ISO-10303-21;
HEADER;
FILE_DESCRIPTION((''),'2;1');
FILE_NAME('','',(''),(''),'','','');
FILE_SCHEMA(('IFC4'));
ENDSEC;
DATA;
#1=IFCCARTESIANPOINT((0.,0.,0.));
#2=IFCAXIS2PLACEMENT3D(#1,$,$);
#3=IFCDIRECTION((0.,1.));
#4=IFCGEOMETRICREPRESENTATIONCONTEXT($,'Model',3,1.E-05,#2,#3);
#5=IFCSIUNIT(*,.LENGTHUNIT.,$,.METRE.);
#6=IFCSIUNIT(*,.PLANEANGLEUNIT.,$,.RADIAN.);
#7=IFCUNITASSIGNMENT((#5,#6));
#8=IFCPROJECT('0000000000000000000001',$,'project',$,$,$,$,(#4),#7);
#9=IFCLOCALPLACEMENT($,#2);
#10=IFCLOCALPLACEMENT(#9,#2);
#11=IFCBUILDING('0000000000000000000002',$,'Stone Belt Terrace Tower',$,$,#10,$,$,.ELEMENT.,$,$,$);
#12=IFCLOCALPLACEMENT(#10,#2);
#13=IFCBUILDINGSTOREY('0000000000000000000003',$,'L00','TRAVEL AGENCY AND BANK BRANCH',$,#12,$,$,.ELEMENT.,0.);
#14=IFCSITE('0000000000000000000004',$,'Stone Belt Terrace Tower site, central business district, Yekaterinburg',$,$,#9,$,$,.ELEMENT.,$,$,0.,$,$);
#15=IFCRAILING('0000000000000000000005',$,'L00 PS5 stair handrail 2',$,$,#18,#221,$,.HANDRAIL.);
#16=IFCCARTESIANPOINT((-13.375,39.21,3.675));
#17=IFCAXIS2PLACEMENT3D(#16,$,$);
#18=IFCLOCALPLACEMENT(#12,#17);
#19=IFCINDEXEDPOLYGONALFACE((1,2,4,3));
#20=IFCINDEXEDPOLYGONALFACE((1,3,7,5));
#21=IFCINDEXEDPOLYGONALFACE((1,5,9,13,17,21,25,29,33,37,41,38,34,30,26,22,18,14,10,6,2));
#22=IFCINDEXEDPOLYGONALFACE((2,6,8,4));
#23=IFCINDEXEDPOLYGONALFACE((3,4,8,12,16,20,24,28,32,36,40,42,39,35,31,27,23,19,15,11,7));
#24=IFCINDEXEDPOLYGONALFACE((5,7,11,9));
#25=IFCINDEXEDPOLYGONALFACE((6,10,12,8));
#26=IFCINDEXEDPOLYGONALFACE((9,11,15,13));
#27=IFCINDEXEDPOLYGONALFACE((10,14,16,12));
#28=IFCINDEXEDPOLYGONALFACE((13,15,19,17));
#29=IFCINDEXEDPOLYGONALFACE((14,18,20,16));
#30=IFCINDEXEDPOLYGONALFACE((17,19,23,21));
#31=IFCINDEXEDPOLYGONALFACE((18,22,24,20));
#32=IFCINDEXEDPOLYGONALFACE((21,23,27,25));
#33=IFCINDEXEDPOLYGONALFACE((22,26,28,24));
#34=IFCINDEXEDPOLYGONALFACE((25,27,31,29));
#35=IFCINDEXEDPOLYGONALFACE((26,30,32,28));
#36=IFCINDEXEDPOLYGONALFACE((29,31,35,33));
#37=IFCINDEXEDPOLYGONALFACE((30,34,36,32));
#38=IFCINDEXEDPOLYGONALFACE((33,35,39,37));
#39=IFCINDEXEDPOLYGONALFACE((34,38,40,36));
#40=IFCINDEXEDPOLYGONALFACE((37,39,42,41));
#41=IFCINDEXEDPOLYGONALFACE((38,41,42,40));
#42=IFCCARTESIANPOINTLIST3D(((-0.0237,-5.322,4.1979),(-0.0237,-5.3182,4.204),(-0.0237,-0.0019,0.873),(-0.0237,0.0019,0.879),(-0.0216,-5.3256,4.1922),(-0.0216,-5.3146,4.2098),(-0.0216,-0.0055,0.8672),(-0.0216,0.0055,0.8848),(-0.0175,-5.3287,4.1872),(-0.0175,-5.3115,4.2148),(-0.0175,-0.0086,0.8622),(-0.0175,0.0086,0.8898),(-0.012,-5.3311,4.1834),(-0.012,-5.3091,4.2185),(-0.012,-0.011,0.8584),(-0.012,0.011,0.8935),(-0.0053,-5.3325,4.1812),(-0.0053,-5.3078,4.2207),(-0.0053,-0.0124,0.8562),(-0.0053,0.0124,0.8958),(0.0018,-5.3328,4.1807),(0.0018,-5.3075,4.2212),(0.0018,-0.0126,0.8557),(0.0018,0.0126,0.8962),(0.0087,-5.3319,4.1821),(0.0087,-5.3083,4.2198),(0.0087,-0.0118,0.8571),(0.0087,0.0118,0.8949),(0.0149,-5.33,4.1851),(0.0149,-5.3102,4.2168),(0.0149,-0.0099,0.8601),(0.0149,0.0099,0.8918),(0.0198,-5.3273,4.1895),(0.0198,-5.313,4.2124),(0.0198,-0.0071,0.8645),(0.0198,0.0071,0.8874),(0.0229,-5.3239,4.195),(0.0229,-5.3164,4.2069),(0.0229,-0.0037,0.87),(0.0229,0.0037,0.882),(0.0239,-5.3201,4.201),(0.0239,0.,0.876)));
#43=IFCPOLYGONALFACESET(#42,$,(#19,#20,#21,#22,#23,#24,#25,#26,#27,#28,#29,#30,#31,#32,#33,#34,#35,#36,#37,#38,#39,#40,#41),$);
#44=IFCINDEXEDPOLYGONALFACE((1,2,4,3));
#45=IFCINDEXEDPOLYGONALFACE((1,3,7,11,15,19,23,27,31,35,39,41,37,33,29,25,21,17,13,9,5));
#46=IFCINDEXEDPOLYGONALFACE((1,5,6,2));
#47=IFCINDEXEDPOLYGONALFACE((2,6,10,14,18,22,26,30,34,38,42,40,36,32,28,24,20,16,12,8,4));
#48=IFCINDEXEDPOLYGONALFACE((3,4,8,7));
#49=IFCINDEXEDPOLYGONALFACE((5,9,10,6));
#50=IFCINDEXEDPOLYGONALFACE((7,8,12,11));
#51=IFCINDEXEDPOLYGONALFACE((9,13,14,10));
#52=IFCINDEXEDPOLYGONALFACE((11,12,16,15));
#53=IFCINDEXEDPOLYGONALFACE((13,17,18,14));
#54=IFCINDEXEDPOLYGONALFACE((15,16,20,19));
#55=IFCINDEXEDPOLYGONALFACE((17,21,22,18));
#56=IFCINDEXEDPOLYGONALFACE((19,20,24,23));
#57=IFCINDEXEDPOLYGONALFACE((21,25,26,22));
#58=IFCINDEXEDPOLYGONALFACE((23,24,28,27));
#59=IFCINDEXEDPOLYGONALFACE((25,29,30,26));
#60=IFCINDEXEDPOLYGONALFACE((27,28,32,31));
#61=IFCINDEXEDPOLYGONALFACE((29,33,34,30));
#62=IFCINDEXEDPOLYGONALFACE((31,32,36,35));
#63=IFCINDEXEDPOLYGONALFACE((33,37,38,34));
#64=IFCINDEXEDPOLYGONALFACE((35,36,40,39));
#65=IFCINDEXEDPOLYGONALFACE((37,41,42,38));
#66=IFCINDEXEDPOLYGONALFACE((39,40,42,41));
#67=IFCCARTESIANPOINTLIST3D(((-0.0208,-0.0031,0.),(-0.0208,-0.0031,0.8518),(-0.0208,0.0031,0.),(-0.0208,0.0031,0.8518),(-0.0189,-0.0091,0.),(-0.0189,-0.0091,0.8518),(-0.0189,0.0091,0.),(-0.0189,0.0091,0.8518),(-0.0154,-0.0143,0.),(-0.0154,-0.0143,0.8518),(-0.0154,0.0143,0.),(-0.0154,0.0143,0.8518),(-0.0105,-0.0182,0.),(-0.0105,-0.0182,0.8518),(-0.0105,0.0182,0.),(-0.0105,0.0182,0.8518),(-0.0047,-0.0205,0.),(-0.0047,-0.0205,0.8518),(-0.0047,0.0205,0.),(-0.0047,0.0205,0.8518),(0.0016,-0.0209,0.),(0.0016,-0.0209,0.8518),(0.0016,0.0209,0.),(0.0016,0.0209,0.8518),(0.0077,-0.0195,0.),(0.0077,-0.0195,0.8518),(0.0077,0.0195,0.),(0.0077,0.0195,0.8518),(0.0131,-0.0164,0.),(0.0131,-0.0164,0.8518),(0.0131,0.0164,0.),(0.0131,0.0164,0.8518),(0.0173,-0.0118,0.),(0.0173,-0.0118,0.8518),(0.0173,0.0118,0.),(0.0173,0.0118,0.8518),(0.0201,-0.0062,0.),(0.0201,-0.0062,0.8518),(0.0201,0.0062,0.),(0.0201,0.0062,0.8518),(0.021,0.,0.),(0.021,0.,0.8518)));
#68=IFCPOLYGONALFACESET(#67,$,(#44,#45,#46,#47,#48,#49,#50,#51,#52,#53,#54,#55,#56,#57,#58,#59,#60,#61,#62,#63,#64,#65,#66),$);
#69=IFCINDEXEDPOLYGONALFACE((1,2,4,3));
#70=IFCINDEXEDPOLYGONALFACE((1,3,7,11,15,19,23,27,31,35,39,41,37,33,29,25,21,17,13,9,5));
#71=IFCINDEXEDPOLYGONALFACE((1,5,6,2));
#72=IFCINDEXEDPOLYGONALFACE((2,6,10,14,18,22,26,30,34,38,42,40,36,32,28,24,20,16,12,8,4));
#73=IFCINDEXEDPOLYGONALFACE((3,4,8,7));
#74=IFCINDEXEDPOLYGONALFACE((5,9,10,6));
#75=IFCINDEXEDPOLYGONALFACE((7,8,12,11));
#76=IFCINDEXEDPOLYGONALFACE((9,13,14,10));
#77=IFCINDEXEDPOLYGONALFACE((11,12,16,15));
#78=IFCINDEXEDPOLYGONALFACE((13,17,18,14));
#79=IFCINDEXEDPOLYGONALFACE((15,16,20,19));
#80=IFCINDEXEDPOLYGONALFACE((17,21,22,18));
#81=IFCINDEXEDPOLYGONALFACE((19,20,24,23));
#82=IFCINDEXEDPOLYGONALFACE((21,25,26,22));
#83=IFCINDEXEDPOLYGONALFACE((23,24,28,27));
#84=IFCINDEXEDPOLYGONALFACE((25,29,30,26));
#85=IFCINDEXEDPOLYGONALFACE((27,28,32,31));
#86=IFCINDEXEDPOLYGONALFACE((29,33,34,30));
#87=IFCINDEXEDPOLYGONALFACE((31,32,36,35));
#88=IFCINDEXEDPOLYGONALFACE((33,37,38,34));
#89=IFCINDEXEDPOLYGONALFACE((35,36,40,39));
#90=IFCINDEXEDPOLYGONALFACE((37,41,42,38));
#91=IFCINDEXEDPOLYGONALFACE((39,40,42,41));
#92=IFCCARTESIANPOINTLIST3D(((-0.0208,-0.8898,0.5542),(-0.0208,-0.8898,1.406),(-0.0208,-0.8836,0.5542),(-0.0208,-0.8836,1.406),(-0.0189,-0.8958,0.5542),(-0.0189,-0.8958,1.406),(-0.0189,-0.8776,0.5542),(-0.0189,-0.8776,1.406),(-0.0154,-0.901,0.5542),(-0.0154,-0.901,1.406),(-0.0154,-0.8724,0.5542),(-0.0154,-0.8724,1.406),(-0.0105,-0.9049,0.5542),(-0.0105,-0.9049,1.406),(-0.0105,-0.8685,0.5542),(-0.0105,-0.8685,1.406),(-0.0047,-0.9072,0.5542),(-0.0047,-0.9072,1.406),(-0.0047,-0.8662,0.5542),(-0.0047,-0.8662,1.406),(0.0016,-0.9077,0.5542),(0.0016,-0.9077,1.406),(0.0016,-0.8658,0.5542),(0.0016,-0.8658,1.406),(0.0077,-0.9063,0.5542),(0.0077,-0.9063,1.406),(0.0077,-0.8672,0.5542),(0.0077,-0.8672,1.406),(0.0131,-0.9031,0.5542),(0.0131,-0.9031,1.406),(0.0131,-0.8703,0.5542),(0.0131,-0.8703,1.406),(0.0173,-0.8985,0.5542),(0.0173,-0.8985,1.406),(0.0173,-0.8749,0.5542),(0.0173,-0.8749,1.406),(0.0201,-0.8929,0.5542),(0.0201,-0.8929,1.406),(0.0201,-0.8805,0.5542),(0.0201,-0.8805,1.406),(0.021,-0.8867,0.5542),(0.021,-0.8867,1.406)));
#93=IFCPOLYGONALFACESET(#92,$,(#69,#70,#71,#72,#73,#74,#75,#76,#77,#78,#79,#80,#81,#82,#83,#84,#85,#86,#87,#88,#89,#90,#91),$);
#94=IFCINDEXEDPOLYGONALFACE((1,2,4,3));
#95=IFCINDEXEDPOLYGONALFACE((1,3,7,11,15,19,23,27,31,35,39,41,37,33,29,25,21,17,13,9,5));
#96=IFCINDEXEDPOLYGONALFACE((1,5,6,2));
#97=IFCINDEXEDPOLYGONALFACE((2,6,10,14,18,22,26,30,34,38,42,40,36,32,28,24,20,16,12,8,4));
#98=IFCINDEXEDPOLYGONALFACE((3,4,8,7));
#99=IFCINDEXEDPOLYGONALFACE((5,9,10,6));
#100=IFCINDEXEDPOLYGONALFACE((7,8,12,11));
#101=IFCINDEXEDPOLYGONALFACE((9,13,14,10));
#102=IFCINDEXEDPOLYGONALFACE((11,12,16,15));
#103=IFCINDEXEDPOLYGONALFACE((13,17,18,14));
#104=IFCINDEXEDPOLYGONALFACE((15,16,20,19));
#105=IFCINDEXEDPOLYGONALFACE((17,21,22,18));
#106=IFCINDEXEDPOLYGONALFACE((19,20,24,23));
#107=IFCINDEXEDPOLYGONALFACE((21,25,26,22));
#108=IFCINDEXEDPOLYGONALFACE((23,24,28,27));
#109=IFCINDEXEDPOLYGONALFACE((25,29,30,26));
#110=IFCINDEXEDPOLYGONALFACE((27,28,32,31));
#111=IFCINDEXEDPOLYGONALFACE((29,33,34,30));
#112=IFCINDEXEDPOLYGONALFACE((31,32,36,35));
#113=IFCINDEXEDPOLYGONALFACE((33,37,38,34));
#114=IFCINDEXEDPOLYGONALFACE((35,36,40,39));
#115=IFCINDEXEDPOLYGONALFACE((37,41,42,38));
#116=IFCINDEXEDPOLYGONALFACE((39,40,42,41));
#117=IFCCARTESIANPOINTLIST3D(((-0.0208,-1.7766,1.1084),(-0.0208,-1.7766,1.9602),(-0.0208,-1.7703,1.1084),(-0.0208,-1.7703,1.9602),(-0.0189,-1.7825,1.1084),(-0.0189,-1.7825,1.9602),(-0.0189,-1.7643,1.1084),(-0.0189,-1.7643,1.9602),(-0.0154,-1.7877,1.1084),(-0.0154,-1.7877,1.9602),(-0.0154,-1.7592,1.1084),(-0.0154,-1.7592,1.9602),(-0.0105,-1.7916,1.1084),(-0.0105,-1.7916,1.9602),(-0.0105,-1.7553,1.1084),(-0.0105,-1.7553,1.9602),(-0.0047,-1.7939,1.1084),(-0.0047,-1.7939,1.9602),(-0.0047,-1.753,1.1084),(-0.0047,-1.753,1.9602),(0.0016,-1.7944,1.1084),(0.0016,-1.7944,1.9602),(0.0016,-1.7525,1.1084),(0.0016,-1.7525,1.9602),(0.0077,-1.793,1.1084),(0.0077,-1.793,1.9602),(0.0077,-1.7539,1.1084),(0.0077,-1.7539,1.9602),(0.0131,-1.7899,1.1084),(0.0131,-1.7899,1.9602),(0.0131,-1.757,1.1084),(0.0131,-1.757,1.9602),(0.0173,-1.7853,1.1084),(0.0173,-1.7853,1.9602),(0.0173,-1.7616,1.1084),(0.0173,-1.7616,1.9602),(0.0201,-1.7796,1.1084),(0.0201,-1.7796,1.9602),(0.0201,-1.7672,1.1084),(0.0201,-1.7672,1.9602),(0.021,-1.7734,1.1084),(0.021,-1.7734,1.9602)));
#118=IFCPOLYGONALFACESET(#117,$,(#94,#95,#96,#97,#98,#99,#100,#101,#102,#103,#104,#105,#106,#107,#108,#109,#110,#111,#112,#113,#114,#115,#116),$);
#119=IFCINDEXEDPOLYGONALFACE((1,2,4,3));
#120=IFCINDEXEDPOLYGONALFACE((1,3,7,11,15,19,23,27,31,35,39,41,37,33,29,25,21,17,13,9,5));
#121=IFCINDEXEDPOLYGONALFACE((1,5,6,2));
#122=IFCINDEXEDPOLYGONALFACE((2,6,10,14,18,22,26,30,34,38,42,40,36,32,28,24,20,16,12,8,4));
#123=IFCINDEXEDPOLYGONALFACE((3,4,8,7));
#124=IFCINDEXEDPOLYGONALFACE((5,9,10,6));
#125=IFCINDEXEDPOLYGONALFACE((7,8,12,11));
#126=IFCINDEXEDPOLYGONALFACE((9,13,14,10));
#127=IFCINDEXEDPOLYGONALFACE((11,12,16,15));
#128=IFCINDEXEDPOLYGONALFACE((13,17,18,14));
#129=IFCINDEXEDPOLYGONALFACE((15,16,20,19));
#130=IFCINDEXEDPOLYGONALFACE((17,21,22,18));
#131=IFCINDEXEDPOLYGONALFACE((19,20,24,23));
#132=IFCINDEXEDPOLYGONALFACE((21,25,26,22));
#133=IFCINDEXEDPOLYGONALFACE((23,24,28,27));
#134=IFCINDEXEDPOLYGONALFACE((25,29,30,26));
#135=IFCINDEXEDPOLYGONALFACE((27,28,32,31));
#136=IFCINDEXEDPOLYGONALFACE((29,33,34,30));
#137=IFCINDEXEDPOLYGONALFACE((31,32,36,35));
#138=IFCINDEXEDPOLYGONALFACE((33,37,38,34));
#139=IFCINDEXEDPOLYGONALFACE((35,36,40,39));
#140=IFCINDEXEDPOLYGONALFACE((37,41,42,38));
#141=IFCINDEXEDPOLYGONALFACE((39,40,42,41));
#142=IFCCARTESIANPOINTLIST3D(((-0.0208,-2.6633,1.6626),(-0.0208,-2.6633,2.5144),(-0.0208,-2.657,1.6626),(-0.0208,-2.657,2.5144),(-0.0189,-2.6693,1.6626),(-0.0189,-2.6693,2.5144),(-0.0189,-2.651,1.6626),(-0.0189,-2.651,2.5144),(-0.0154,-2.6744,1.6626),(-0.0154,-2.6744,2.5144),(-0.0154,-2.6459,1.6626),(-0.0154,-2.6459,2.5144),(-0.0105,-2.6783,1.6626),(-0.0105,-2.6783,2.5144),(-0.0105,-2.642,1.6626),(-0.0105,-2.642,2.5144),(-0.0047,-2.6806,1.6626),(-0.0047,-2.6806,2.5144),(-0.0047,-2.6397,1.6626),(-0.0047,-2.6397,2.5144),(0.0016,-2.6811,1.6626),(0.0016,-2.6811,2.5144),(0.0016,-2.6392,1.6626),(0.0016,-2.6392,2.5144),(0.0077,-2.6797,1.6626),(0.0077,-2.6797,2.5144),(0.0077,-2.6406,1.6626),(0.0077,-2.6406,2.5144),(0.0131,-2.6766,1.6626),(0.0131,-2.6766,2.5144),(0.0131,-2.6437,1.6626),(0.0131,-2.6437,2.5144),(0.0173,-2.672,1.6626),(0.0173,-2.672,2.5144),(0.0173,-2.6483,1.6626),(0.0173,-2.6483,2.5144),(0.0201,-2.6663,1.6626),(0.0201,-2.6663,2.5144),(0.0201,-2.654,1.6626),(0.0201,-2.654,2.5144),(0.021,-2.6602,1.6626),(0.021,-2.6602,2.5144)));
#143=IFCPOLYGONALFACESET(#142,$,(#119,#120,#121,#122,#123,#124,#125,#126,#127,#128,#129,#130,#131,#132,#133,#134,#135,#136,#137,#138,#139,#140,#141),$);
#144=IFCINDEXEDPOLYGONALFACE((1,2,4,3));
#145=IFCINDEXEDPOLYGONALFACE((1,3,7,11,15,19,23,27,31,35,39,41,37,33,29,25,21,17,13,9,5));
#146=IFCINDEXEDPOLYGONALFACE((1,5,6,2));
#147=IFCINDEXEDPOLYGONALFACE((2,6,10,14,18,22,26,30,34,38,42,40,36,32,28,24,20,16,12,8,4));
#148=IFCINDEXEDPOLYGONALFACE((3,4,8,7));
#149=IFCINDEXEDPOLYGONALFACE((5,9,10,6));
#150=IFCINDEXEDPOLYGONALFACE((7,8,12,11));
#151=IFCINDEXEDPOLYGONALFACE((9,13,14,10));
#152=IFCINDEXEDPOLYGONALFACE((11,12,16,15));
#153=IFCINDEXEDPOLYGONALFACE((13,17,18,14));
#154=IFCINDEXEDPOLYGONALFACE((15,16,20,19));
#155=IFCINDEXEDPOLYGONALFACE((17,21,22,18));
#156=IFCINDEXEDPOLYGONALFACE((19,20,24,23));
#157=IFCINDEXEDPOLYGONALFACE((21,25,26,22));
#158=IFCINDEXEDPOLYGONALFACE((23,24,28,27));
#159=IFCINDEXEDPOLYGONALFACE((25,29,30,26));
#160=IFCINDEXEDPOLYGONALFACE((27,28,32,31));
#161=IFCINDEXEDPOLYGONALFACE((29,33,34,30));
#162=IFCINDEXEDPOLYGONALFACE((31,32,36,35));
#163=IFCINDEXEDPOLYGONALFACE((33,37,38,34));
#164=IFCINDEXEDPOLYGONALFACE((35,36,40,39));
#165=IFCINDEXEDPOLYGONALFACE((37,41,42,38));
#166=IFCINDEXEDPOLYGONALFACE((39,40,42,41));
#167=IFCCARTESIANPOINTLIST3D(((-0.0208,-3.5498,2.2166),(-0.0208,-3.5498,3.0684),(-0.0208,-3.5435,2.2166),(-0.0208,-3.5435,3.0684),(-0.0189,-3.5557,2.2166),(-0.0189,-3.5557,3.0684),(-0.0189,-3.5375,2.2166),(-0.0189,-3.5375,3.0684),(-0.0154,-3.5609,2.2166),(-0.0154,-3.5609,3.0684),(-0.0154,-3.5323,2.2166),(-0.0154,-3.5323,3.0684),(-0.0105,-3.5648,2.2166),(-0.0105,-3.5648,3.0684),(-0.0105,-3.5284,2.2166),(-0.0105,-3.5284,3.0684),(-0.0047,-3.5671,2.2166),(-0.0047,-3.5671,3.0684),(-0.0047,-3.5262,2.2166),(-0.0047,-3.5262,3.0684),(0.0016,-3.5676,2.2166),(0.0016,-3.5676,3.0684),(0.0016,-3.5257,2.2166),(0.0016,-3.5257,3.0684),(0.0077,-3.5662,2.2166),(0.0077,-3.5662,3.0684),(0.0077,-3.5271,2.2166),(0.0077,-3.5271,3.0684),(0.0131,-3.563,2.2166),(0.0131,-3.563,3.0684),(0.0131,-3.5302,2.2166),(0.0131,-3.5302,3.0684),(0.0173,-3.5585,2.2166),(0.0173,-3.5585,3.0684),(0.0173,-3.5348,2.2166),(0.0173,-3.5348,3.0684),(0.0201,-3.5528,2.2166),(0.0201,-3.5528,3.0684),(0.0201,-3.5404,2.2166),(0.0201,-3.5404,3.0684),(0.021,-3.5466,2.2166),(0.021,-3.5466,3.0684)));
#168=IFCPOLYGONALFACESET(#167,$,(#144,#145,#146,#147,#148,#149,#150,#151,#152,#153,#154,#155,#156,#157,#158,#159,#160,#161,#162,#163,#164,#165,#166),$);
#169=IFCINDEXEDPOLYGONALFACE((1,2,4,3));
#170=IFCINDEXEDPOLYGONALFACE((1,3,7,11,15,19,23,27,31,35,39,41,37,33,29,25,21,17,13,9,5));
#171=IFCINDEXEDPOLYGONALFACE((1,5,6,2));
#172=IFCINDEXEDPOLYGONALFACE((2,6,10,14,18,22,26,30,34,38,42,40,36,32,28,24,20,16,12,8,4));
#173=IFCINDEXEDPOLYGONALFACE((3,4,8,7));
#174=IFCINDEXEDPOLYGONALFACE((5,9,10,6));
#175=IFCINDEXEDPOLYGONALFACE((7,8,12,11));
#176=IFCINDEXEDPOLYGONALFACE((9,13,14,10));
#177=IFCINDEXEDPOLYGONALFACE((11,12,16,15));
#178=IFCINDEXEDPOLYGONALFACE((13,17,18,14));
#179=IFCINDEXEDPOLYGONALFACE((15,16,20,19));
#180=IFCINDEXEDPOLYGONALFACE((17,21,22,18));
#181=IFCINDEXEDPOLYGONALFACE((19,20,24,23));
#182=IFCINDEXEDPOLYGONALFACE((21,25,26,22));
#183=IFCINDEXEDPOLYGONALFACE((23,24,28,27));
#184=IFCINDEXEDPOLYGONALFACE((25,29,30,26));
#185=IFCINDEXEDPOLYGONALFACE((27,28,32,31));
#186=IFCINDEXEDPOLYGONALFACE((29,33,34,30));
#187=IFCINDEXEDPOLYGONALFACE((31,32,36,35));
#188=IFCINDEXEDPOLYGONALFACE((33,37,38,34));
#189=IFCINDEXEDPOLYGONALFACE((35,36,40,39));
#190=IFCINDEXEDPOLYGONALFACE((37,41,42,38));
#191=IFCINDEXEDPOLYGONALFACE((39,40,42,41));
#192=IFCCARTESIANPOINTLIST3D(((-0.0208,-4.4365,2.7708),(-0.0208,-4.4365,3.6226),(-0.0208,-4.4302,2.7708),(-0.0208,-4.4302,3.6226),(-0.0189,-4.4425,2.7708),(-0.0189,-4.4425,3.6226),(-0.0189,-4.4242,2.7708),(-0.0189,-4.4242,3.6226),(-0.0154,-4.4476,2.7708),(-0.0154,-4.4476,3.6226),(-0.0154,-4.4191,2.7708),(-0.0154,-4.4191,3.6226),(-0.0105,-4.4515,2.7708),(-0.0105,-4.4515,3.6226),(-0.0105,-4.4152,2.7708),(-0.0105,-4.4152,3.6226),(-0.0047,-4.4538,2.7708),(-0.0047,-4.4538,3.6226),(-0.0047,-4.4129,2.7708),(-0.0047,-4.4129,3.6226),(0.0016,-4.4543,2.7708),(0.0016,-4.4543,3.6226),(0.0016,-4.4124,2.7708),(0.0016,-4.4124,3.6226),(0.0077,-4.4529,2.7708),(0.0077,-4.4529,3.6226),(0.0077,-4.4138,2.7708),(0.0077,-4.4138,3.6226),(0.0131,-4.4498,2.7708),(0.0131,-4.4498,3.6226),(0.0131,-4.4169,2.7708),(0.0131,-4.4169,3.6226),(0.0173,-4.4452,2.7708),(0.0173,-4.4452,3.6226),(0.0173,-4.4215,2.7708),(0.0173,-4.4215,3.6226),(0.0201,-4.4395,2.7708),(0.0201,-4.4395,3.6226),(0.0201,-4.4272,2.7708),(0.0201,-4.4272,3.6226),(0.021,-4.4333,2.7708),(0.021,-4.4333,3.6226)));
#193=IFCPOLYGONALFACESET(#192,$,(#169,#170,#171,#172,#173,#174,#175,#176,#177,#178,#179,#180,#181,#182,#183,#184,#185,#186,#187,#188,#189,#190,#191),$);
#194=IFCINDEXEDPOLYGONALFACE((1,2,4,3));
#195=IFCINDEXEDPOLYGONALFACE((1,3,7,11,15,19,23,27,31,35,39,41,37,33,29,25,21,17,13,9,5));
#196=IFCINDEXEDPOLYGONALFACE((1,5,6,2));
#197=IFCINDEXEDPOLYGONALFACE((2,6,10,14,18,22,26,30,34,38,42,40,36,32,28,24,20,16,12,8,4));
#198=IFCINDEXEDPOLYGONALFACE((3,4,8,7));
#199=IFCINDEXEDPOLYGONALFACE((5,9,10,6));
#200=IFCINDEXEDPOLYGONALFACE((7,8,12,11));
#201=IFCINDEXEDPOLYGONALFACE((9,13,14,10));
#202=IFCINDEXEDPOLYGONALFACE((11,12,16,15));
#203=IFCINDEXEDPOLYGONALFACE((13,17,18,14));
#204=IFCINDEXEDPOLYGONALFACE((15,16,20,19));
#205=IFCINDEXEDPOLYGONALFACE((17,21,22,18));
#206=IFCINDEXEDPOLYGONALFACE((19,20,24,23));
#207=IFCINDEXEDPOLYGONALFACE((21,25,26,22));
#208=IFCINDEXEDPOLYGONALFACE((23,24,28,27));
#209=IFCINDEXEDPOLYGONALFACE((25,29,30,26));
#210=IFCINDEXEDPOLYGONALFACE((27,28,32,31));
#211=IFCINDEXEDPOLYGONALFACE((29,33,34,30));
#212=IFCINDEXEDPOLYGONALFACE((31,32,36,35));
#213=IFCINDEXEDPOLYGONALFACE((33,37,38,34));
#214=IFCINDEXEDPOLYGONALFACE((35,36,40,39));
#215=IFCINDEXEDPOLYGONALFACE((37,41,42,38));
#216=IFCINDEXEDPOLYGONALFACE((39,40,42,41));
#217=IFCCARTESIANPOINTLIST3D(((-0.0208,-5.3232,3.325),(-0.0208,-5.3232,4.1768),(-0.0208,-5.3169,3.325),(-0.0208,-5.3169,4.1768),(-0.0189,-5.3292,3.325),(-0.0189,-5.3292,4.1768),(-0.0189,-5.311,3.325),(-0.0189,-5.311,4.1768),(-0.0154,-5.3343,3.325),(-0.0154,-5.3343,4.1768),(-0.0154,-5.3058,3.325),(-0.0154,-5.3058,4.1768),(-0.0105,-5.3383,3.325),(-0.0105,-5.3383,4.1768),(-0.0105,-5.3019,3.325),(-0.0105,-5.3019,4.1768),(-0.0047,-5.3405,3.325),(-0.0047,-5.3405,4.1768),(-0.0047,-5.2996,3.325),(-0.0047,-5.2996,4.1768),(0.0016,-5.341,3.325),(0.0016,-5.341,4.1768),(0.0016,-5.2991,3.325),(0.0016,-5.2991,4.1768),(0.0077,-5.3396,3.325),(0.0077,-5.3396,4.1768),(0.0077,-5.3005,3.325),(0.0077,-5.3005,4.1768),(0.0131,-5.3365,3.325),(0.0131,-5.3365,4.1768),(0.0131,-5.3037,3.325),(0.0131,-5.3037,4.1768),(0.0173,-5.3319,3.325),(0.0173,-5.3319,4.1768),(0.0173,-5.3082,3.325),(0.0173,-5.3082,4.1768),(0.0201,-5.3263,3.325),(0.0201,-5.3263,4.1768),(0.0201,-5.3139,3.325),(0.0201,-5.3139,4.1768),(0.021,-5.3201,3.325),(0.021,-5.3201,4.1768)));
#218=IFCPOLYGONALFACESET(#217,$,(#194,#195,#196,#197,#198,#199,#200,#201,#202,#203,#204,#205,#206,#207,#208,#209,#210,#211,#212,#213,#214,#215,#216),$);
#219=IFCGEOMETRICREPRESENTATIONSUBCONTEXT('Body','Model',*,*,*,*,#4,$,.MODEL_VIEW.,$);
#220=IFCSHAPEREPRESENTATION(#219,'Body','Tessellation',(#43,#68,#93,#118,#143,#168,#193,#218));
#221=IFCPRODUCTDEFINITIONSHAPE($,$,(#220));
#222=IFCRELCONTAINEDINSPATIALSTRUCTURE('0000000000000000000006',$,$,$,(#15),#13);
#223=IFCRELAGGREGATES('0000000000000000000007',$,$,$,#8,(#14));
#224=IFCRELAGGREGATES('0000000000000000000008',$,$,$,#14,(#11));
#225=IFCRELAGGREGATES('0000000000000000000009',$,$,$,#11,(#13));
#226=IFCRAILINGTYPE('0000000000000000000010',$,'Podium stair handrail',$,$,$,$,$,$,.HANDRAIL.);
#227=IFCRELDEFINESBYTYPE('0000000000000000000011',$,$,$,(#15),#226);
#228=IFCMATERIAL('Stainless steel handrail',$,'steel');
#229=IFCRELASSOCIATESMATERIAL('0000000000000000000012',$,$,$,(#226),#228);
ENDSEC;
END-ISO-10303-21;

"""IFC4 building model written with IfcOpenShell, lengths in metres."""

from ifc_helpers import new_model, si_unit, direction, frame, origin, origin_2d, place, context, subcontext, project, spatial, circle, extrude, material, type_object, element, save


model = new_model("IFC4")

# Units and contexts
model_context = context("Model", 3, precision=1e-05, world=origin(), true_north=direction((0.0, 1.0)))
body_context = subcontext(model_context, "Body", "Model", "MODEL_VIEW")
ifc_project = project(units=[si_unit("LENGTHUNIT", "METRE"), si_unit("PLANEANGLEUNIT", "RADIAN")], contexts=[model_context])

# Site, building, storey
site_placement = place(None, origin())
site = spatial("IfcSite", under=ifc_project, at=site_placement, Name="Stone Belt Terrace Tower site, central business district, Yekaterinburg", CompositionType="ELEMENT", RefElevation=0.0)
building_placement = place(site_placement, origin())
building = spatial("IfcBuilding", under=site, at=building_placement, Name="Stone Belt Terrace Tower", CompositionType="ELEMENT")
storey_placement = place(building_placement, origin())
storey = spatial("IfcBuildingStorey", under=building, at=storey_placement, Name="L00", Description="TRAVEL AGENCY AND BANK BRANCH", CompositionType="ELEMENT", Elevation=0.0)

# Railing
ifc_material_1 = material(Name="Stainless steel handrail", Category="steel")
railing_type_1 = type_object("IfcRailingType", Name="Podium stair handrail", PredefinedType="HANDRAIL", material=ifc_material_1)
railing_1_placement = place(storey_placement, frame((-13.375, 39.21, 3.675)))
element("IfcRailing", 1, at=railing_1_placement, inside=storey, type_object=railing_type_1, Name="L00 PS5 stair handrail 2", PredefinedType="HANDRAIL", context=body_context, shape_type="SweptSolid", body=[
    extrude(circle(Radius=0.0239, at=origin_2d()), frame((0.0, 0.0, 0.876), z_axis=(0.0, -0.848005, 0.529988), x_axis=(1.0, 0.0, 0.0)), (0.0, 0.0, 1.0), 6.2737),
    extrude(circle(Radius=0.021, at=origin_2d()), origin(), (0.0, 0.0, 1.0), 0.8518),
    extrude(circle(Radius=0.021, at=origin_2d()), frame((0.0, -0.8867, 0.5542)), (0.0, 0.0, 1.0), 0.8518),
    extrude(circle(Radius=0.021, at=origin_2d()), frame((0.0, -1.7734, 1.1084)), (0.0, 0.0, 1.0), 0.8518),
    extrude(circle(Radius=0.021, at=origin_2d()), frame((0.0, -2.6602, 1.6626)), (0.0, 0.0, 1.0), 0.8518),
    extrude(circle(Radius=0.021, at=origin_2d()), frame((0.0, -3.5466, 2.2166)), (0.0, 0.0, 1.0), 0.8518),
    extrude(circle(Radius=0.021, at=origin_2d()), frame((0.0, -4.4333, 2.7708)), (0.0, 0.0, 1.0), 0.8518),
    extrude(circle(Radius=0.021, at=origin_2d()), frame((0.0, -5.3201, 3.325)), (0.0, 0.0, 1.0), 0.8518),
])

save(model, "model.ifc")
